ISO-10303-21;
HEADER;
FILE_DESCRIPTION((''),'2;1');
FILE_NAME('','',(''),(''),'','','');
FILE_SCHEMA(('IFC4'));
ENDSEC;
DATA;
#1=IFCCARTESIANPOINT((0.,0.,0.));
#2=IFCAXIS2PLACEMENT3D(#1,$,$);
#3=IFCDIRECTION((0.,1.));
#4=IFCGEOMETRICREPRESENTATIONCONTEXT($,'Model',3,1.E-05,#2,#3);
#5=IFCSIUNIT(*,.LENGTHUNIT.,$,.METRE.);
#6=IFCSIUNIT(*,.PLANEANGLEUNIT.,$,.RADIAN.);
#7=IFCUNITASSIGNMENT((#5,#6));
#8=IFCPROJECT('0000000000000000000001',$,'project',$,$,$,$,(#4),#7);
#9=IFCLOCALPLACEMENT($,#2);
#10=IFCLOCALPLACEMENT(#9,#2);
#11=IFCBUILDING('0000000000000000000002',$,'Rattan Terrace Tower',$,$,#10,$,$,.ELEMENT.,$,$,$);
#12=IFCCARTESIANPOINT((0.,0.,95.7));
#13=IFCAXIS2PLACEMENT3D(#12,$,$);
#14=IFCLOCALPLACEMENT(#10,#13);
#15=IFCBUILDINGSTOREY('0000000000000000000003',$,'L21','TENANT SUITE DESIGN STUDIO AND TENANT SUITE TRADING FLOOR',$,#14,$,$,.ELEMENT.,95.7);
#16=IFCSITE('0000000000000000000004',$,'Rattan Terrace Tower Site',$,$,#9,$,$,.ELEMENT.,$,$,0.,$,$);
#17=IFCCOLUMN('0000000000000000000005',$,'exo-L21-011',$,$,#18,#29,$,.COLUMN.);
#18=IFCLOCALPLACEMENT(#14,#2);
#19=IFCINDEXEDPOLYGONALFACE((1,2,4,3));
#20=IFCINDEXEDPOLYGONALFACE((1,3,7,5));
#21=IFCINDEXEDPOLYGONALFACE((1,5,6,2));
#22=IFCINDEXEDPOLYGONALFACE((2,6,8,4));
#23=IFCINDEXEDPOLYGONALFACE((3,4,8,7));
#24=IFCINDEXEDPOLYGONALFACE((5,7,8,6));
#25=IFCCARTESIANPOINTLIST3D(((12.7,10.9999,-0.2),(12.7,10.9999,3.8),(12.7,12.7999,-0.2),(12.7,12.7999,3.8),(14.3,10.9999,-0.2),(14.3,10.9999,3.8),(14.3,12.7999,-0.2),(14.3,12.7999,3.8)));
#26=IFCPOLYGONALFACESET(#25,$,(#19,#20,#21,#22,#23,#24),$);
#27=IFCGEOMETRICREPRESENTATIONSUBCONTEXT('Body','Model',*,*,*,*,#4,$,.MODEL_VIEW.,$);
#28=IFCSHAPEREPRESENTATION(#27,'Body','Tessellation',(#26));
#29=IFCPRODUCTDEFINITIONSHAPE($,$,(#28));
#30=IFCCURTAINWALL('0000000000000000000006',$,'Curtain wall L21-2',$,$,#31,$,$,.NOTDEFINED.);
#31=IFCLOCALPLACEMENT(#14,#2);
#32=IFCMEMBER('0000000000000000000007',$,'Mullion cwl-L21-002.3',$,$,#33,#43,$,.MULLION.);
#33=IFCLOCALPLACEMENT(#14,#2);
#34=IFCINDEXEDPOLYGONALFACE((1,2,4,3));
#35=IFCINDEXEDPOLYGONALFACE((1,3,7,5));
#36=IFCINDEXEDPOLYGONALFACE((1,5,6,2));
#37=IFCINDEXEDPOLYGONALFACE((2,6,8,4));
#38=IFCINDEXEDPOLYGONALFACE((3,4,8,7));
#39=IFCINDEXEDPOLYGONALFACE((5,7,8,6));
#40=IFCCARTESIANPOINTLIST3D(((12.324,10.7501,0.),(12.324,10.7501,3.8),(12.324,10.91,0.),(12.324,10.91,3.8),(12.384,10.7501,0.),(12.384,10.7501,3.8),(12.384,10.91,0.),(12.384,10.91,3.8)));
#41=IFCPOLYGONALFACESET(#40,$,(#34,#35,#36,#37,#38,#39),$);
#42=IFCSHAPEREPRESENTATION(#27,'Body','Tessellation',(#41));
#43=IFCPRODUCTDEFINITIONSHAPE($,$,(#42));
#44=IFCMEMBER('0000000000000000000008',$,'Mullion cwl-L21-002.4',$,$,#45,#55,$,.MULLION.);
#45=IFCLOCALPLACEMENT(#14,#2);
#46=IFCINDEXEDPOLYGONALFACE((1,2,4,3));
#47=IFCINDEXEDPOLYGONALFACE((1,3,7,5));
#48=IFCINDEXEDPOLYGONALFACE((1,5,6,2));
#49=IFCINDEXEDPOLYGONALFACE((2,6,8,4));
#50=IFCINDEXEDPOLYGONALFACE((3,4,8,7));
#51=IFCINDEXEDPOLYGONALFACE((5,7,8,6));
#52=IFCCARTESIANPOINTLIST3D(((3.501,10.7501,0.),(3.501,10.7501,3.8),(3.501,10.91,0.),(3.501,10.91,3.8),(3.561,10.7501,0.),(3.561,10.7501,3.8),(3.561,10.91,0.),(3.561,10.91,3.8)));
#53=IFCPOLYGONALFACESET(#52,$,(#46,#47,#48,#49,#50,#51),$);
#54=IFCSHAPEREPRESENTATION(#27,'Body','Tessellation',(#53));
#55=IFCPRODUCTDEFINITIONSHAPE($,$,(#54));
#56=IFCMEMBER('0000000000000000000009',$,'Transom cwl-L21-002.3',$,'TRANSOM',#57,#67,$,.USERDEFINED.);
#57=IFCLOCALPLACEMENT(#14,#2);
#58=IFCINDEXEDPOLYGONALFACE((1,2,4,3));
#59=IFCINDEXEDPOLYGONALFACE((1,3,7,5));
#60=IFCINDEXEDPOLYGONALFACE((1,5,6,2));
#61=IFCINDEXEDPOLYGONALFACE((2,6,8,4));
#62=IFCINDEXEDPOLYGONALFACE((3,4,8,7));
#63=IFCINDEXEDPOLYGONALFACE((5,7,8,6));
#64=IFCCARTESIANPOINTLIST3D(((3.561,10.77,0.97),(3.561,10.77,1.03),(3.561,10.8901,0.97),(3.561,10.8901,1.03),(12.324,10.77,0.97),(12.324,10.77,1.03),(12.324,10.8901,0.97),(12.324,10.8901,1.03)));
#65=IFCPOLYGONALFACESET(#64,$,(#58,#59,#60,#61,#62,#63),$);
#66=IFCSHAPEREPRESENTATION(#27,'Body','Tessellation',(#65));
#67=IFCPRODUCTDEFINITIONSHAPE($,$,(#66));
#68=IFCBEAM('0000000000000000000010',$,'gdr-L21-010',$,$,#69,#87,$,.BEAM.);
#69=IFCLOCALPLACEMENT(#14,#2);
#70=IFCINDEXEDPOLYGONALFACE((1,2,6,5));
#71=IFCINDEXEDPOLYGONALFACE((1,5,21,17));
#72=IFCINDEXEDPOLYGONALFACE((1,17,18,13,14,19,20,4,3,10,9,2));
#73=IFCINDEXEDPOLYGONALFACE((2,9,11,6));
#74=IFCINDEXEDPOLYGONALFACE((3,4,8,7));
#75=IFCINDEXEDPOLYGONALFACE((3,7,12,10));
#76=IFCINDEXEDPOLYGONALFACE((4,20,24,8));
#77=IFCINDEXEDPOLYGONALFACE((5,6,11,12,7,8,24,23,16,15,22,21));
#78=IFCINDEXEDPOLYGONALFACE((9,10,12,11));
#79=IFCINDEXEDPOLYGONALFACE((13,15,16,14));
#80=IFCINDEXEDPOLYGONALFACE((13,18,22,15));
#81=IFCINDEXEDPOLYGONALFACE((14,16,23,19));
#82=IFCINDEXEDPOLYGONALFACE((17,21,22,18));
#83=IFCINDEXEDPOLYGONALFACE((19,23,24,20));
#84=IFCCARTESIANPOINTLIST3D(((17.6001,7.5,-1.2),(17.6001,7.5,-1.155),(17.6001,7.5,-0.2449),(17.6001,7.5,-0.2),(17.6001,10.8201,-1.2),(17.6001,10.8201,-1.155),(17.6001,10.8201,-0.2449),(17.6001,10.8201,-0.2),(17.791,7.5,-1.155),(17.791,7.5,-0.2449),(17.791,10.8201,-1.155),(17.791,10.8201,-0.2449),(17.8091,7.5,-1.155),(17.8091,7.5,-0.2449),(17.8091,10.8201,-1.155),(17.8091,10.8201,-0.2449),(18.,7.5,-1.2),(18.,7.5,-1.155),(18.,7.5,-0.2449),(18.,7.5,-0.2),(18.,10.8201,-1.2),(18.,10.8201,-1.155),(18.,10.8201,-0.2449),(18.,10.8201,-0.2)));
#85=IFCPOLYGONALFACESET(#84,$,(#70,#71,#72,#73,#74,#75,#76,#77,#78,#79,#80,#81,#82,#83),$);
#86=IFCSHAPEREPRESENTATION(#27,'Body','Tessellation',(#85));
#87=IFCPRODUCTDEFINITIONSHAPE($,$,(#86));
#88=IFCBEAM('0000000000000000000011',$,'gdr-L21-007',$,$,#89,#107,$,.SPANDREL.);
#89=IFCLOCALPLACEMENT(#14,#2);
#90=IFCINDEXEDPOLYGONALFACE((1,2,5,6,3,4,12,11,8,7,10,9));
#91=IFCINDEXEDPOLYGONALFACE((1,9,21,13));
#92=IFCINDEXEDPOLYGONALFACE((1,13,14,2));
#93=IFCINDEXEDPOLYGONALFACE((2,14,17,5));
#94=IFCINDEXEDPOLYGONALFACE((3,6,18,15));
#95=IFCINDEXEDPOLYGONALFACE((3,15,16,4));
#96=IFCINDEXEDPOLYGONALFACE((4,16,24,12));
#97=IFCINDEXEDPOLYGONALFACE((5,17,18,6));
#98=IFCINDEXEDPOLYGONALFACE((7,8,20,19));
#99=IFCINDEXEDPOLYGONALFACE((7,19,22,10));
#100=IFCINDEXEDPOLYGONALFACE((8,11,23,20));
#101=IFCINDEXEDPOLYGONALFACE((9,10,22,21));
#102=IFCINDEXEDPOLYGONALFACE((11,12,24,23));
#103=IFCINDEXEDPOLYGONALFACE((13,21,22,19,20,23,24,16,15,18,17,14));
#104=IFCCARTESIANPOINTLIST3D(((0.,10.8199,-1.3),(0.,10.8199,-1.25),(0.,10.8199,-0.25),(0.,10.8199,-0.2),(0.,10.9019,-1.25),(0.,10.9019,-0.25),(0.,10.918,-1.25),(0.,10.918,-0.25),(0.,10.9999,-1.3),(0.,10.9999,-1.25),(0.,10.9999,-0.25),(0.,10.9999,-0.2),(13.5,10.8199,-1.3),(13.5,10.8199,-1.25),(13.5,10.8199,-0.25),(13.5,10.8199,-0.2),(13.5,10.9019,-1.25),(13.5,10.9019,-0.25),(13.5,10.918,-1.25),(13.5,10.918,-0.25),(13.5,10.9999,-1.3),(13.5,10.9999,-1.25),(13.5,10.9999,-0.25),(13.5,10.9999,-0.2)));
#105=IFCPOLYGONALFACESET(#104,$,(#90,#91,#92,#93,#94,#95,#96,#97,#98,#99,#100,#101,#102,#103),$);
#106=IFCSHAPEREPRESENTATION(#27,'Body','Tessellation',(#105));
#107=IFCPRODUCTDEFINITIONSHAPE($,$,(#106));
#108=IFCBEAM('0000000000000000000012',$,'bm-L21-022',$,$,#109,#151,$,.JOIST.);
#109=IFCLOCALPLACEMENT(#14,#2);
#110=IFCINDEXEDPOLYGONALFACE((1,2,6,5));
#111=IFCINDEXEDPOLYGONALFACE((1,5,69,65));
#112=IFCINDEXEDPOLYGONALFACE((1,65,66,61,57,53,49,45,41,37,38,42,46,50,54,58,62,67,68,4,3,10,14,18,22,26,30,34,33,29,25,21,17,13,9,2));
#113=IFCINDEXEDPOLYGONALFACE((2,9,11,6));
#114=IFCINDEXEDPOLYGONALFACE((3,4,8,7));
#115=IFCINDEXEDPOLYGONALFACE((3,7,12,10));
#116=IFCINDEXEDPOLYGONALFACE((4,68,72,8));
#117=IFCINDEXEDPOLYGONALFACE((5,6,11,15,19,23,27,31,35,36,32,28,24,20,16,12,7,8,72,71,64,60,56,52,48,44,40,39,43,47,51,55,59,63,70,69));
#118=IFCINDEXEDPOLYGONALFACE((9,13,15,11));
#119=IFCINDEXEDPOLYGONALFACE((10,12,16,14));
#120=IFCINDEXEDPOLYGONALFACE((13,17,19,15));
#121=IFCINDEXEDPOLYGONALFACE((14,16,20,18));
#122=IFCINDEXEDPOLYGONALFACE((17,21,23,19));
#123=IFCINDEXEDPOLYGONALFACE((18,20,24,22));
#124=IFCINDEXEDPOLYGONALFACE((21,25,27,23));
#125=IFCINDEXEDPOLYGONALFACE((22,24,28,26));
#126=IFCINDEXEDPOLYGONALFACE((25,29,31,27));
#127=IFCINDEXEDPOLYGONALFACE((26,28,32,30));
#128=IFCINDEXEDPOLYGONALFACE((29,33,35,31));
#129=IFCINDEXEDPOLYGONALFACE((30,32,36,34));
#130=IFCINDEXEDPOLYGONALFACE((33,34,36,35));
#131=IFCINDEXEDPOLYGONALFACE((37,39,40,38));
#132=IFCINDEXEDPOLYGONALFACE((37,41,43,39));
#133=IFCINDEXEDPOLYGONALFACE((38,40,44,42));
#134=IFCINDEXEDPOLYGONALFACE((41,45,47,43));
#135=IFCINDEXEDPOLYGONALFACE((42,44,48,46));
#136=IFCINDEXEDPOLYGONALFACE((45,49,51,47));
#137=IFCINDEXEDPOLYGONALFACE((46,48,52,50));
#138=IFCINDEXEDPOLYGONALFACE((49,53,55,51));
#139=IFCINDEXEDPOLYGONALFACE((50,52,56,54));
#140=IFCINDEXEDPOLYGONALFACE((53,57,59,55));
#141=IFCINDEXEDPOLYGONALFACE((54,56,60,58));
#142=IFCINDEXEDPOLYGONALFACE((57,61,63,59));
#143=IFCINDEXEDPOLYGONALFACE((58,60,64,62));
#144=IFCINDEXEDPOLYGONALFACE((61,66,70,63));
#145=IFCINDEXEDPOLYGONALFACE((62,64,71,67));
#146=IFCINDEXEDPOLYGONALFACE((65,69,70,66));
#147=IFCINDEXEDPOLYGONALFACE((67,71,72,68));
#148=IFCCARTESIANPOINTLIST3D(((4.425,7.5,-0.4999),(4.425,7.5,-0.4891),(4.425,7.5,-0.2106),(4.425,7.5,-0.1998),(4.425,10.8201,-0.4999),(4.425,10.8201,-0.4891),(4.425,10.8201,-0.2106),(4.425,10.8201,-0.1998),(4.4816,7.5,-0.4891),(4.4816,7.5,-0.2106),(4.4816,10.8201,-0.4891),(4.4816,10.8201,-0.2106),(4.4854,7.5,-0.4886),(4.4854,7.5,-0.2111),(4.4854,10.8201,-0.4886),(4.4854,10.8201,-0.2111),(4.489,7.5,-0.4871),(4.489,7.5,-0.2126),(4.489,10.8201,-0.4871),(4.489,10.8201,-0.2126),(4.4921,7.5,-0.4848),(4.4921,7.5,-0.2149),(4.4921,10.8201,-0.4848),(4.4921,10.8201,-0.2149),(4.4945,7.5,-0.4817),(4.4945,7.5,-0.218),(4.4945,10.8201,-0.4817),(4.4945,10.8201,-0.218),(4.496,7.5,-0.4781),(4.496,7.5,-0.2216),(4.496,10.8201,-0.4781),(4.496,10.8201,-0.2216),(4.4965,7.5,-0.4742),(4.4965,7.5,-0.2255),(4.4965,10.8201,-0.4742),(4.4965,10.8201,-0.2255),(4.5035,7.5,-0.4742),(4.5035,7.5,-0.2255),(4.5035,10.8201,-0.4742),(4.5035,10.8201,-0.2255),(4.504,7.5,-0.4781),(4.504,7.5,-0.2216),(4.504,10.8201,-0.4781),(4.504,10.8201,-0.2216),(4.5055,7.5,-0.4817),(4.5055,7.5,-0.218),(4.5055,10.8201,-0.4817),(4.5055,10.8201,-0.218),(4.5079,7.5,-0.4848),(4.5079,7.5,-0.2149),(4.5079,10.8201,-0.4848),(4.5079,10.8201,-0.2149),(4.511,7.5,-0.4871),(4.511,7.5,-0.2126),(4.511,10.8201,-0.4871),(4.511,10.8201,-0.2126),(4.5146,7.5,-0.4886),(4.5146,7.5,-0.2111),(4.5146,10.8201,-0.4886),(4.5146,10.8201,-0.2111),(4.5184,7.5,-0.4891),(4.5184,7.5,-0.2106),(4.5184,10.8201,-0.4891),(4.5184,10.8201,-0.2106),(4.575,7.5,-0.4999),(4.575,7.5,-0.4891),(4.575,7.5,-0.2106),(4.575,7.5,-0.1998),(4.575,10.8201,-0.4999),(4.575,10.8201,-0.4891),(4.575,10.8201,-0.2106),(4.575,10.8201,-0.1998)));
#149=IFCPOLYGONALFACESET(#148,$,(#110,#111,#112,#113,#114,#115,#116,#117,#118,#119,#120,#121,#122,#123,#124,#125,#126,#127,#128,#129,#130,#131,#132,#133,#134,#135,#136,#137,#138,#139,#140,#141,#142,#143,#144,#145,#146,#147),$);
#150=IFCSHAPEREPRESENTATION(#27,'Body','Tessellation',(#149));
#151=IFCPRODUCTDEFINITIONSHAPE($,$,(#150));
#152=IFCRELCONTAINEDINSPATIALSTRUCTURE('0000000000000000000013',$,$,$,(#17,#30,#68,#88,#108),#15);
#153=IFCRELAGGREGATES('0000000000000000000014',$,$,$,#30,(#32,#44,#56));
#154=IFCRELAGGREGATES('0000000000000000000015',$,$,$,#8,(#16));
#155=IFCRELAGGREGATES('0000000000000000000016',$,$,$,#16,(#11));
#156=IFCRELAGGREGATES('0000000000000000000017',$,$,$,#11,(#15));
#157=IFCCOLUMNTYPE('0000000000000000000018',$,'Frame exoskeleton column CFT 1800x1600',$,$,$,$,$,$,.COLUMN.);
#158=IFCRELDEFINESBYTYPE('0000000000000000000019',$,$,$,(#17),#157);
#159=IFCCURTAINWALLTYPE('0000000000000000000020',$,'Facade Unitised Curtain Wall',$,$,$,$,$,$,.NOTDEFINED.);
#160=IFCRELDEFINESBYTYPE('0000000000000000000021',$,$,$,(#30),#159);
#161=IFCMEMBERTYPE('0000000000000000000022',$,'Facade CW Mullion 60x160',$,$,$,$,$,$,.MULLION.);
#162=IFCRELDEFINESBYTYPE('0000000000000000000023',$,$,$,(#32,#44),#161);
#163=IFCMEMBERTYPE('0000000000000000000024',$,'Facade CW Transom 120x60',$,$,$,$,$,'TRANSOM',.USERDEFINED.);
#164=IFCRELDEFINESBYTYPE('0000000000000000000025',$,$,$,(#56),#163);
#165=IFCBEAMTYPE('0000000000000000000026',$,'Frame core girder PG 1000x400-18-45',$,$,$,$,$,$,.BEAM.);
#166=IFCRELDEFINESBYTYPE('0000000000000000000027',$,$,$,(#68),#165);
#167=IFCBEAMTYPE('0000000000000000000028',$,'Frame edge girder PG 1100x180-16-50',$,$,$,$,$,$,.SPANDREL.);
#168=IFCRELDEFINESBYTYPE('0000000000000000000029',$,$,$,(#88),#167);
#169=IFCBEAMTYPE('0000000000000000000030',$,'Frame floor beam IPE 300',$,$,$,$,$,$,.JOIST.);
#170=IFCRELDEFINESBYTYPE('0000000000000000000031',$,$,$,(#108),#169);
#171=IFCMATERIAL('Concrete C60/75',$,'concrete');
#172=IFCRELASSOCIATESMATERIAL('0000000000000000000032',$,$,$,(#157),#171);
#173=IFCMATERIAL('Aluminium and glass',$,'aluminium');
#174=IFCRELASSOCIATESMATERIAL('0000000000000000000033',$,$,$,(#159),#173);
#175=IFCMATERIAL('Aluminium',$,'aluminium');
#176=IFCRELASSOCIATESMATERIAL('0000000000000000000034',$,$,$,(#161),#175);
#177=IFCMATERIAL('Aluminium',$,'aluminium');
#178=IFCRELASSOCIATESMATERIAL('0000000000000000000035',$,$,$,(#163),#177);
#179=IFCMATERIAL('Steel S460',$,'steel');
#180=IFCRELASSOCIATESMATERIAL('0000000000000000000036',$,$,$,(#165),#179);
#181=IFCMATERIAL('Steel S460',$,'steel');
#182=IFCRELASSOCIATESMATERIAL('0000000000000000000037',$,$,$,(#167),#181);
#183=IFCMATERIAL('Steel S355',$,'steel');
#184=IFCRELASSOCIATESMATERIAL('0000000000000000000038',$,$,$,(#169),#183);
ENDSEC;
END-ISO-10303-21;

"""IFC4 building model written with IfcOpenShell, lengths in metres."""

from ifc_helpers import new_model, si_unit, direction, frame, origin, origin_2d, place, context, subcontext, project, spatial, rectangle, i_section, extrude, material, material_profile, profile_set, type_object, element, aggregate, save


model = new_model("IFC4")

# Units and contexts
model_context = context("Model", 3, precision=1e-05, world=origin(), true_north=direction((0.0, 1.0)))
body_context = subcontext(model_context, "Body", "Model", "MODEL_VIEW")
ifc_project = project(units=[si_unit("LENGTHUNIT", "METRE"), si_unit("PLANEANGLEUNIT", "RADIAN")], contexts=[model_context])

# Site, building, storey
site_placement = place(None, origin())
site = spatial("IfcSite", under=ifc_project, at=site_placement, Name="Rattan Terrace Tower Site", CompositionType="ELEMENT", RefElevation=0.0)
building_placement = place(site_placement, origin())
building = spatial("IfcBuilding", under=site, at=building_placement, Name="Rattan Terrace Tower", CompositionType="ELEMENT")
storey_placement = place(building_placement, frame((0.0, 0.0, 95.7)))
storey = spatial("IfcBuildingStorey", under=building, at=storey_placement, Name="L21", Description="TENANT SUITE DESIGN STUDIO AND TENANT SUITE TRADING FLOOR", CompositionType="ELEMENT", Elevation=95.7)

# Column
ifc_material_1 = material(Name="Concrete C60/75", Category="concrete")
ifc_material_profile_1 = material_profile(ifc_material_1, rectangle(XDim=1.6001, YDim=1.8, at=origin_2d()), Name="CFT 1800x1600")
ifc_profile_set_1 = profile_set([ifc_material_profile_1], Name="Concrete C60/75")
column_type = type_object("IfcColumnType", Name="Frame exoskeleton column CFT 1800x1600", PredefinedType="COLUMN", material=ifc_profile_set_1)
column_placement = place(storey_placement, frame((13.5, 11.8999, -0.2), z_axis=(0.0, 0.0, 1.0), x_axis=(1.0, 0.0, 0.0)))
element("IfcColumn", 1, at=column_placement, inside=storey, type_object=column_type, Name="exo-L21-011", PredefinedType="COLUMN", context=body_context, shape_type="SweptSolid", body=[
    extrude(rectangle(XDim=1.6001, YDim=1.8, at=origin_2d()), origin(), (0.0, 0.0, 1.0), 4.0),
])

# Curtain wall, members
ifc_material_2 = material(Name="Aluminium and glass", Category="aluminium")
curtain_wall_type = type_object("IfcCurtainWallType", Name="Facade Unitised Curtain Wall", PredefinedType="NOTDEFINED", material=ifc_material_2)
curtain_wall_placement = place(storey_placement, origin())
curtain_wall = element("IfcCurtainWall", 2, at=curtain_wall_placement, inside=storey, type_object=curtain_wall_type, Name="Curtain wall L21-2", PredefinedType="NOTDEFINED")
ifc_material_3 = material(Name="Aluminium", Category="aluminium")
ifc_material_profile_2 = material_profile(ifc_material_3, rectangle(XDim=0.0601, YDim=0.1599, at=origin_2d()), Name="Aluminium 60x160")
ifc_profile_set_2 = profile_set([ifc_material_profile_2], Name="Aluminium")
member_type_1 = type_object("IfcMemberType", Name="Facade CW Mullion 60x160", PredefinedType="MULLION", material=ifc_profile_set_2)
member_1_placement = place(storey_placement, frame((12.354, 10.8301, 0.0), z_axis=(0.0, 0.0, 1.0), x_axis=(-1.0, 0.0, 0.0)))
member_1 = element("IfcMember", 3, at=member_1_placement, type_object=member_type_1, Name="Mullion cwl-L21-002.3", PredefinedType="MULLION", context=body_context, shape_type="SweptSolid", body=[
    extrude(rectangle(XDim=0.0601, YDim=0.1599, at=origin_2d()), origin(), (0.0, 0.0, 1.0), 3.8),
])
member_2_placement = place(storey_placement, frame((3.531, 10.8301, 0.0), z_axis=(0.0, 0.0, 1.0), x_axis=(-1.0, 0.0, 0.0)))
member_2 = element("IfcMember", 4, at=member_2_placement, type_object=member_type_1, Name="Mullion cwl-L21-002.4", PredefinedType="MULLION", context=body_context, shape_type="SweptSolid", body=[
    extrude(rectangle(XDim=0.0601, YDim=0.1599, at=origin_2d()), origin(), (0.0, 0.0, 1.0), 3.8),
])
ifc_material_4 = material(Name="Aluminium", Category="aluminium")
ifc_material_profile_3 = material_profile(ifc_material_4, rectangle(XDim=0.1201, YDim=0.0601, at=origin_2d()), Name="Aluminium 120x60")
ifc_profile_set_3 = profile_set([ifc_material_profile_3], Name="Aluminium")
member_type_2 = type_object("IfcMemberType", Name="Facade CW Transom 120x60", ElementType="TRANSOM", PredefinedType="USERDEFINED", material=ifc_profile_set_3)
member_3_placement = place(storey_placement, frame((12.324, 10.8301, 1.0), z_axis=(-1.0, 0.0, 0.0), x_axis=(0.0, -1.0, 0.0)))
member_3 = element("IfcMember", 5, at=member_3_placement, type_object=member_type_2, Name="Transom cwl-L21-002.3", ObjectType="TRANSOM", PredefinedType="USERDEFINED", context=body_context, shape_type="SweptSolid", body=[
    extrude(rectangle(XDim=0.1201, YDim=0.0601, at=origin_2d()), origin(), (0.0, 0.0, 1.0), 8.7629),
])

# Beams
ifc_material_5 = material(Name="Steel S460", Category="steel")
ifc_material_profile_4 = material_profile(ifc_material_5, i_section(OverallWidth=0.3999, OverallDepth=1.0, WebThickness=0.0181, FlangeThickness=0.0449, at=origin_2d()), Name="PG 1000x400-18-45")
ifc_profile_set_4 = profile_set([ifc_material_profile_4], Name="Steel S460")
beam_type_1 = type_object("IfcBeamType", Name="Frame core girder PG 1000x400-18-45", PredefinedType="BEAM", material=ifc_profile_set_4)
beam_1_placement = place(storey_placement, frame((17.8, 7.5, -0.7), z_axis=(0.0, 1.0, 0.0), x_axis=(-1.0, 0.0, 0.0)))
element("IfcBeam", 6, at=beam_1_placement, inside=storey, type_object=beam_type_1, Name="gdr-L21-010", PredefinedType="BEAM", context=body_context, shape_type="SweptSolid", body=[
    extrude(i_section(OverallWidth=0.3999, OverallDepth=1.0, WebThickness=0.0181, FlangeThickness=0.0449, at=origin_2d()), origin(), (0.0, 0.0, 1.0), 3.3201),
])
ifc_material_6 = material(Name="Steel S460", Category="steel")
ifc_material_profile_5 = material_profile(ifc_material_6, i_section(OverallWidth=0.1799, OverallDepth=1.1001, WebThickness=0.0161, FlangeThickness=0.05, at=origin_2d()), Name="PG 1100x180-16-50")
ifc_profile_set_5 = profile_set([ifc_material_profile_5], Name="Steel S460")
beam_type_2 = type_object("IfcBeamType", Name="Frame edge girder PG 1100x180-16-50", PredefinedType="SPANDREL", material=ifc_profile_set_5)
beam_2_placement = place(storey_placement, frame((13.5, 10.9099, -0.75), z_axis=(-1.0, 0.0, 0.0), x_axis=(0.0, -1.0, 0.0)))
element("IfcBeam", 7, at=beam_2_placement, inside=storey, type_object=beam_type_2, Name="gdr-L21-007", PredefinedType="SPANDREL", context=body_context, shape_type="SweptSolid", body=[
    extrude(i_section(OverallWidth=0.1799, OverallDepth=1.1001, WebThickness=0.0161, FlangeThickness=0.05, at=origin_2d()), origin(), (0.0, 0.0, 1.0), 13.5),
])
ifc_material_7 = material(Name="Steel S355", Category="steel")
ifc_material_profile_6 = material_profile(ifc_material_7, i_section(OverallWidth=0.1499, OverallDepth=0.3, WebThickness=0.0071, FlangeThickness=0.0107, FilletRadius=0.0149, at=origin_2d()), Name="IPE 300")
ifc_profile_set_6 = profile_set([ifc_material_profile_6], Name="Steel S355")
beam_type_3 = type_object("IfcBeamType", Name="Frame floor beam IPE 300", PredefinedType="JOIST", material=ifc_profile_set_6)
for number, where, z_axis, x_axis, name in (
    (8, (4.5, 7.5, -0.3499), (0.0, 1.0, 0.0), (-1.0, 0.0, 0.0), "bm-L21-022"),
):
    element("IfcBeam", number, at=place(storey_placement, frame(where, z_axis=z_axis, x_axis=x_axis)), inside=storey, type_object=beam_type_3, Name=name, PredefinedType="JOIST", context=body_context, shape_type="SweptSolid", body=[
        extrude(i_section(OverallWidth=0.1499, OverallDepth=0.3, WebThickness=0.0071, FlangeThickness=0.0107, FilletRadius=0.0149, at=origin_2d()), origin(), (0.0, 0.0, 1.0), 3.3201),
    ])

aggregate(curtain_wall, [member_1, member_2, member_3])

save(model, "model.ifc")
